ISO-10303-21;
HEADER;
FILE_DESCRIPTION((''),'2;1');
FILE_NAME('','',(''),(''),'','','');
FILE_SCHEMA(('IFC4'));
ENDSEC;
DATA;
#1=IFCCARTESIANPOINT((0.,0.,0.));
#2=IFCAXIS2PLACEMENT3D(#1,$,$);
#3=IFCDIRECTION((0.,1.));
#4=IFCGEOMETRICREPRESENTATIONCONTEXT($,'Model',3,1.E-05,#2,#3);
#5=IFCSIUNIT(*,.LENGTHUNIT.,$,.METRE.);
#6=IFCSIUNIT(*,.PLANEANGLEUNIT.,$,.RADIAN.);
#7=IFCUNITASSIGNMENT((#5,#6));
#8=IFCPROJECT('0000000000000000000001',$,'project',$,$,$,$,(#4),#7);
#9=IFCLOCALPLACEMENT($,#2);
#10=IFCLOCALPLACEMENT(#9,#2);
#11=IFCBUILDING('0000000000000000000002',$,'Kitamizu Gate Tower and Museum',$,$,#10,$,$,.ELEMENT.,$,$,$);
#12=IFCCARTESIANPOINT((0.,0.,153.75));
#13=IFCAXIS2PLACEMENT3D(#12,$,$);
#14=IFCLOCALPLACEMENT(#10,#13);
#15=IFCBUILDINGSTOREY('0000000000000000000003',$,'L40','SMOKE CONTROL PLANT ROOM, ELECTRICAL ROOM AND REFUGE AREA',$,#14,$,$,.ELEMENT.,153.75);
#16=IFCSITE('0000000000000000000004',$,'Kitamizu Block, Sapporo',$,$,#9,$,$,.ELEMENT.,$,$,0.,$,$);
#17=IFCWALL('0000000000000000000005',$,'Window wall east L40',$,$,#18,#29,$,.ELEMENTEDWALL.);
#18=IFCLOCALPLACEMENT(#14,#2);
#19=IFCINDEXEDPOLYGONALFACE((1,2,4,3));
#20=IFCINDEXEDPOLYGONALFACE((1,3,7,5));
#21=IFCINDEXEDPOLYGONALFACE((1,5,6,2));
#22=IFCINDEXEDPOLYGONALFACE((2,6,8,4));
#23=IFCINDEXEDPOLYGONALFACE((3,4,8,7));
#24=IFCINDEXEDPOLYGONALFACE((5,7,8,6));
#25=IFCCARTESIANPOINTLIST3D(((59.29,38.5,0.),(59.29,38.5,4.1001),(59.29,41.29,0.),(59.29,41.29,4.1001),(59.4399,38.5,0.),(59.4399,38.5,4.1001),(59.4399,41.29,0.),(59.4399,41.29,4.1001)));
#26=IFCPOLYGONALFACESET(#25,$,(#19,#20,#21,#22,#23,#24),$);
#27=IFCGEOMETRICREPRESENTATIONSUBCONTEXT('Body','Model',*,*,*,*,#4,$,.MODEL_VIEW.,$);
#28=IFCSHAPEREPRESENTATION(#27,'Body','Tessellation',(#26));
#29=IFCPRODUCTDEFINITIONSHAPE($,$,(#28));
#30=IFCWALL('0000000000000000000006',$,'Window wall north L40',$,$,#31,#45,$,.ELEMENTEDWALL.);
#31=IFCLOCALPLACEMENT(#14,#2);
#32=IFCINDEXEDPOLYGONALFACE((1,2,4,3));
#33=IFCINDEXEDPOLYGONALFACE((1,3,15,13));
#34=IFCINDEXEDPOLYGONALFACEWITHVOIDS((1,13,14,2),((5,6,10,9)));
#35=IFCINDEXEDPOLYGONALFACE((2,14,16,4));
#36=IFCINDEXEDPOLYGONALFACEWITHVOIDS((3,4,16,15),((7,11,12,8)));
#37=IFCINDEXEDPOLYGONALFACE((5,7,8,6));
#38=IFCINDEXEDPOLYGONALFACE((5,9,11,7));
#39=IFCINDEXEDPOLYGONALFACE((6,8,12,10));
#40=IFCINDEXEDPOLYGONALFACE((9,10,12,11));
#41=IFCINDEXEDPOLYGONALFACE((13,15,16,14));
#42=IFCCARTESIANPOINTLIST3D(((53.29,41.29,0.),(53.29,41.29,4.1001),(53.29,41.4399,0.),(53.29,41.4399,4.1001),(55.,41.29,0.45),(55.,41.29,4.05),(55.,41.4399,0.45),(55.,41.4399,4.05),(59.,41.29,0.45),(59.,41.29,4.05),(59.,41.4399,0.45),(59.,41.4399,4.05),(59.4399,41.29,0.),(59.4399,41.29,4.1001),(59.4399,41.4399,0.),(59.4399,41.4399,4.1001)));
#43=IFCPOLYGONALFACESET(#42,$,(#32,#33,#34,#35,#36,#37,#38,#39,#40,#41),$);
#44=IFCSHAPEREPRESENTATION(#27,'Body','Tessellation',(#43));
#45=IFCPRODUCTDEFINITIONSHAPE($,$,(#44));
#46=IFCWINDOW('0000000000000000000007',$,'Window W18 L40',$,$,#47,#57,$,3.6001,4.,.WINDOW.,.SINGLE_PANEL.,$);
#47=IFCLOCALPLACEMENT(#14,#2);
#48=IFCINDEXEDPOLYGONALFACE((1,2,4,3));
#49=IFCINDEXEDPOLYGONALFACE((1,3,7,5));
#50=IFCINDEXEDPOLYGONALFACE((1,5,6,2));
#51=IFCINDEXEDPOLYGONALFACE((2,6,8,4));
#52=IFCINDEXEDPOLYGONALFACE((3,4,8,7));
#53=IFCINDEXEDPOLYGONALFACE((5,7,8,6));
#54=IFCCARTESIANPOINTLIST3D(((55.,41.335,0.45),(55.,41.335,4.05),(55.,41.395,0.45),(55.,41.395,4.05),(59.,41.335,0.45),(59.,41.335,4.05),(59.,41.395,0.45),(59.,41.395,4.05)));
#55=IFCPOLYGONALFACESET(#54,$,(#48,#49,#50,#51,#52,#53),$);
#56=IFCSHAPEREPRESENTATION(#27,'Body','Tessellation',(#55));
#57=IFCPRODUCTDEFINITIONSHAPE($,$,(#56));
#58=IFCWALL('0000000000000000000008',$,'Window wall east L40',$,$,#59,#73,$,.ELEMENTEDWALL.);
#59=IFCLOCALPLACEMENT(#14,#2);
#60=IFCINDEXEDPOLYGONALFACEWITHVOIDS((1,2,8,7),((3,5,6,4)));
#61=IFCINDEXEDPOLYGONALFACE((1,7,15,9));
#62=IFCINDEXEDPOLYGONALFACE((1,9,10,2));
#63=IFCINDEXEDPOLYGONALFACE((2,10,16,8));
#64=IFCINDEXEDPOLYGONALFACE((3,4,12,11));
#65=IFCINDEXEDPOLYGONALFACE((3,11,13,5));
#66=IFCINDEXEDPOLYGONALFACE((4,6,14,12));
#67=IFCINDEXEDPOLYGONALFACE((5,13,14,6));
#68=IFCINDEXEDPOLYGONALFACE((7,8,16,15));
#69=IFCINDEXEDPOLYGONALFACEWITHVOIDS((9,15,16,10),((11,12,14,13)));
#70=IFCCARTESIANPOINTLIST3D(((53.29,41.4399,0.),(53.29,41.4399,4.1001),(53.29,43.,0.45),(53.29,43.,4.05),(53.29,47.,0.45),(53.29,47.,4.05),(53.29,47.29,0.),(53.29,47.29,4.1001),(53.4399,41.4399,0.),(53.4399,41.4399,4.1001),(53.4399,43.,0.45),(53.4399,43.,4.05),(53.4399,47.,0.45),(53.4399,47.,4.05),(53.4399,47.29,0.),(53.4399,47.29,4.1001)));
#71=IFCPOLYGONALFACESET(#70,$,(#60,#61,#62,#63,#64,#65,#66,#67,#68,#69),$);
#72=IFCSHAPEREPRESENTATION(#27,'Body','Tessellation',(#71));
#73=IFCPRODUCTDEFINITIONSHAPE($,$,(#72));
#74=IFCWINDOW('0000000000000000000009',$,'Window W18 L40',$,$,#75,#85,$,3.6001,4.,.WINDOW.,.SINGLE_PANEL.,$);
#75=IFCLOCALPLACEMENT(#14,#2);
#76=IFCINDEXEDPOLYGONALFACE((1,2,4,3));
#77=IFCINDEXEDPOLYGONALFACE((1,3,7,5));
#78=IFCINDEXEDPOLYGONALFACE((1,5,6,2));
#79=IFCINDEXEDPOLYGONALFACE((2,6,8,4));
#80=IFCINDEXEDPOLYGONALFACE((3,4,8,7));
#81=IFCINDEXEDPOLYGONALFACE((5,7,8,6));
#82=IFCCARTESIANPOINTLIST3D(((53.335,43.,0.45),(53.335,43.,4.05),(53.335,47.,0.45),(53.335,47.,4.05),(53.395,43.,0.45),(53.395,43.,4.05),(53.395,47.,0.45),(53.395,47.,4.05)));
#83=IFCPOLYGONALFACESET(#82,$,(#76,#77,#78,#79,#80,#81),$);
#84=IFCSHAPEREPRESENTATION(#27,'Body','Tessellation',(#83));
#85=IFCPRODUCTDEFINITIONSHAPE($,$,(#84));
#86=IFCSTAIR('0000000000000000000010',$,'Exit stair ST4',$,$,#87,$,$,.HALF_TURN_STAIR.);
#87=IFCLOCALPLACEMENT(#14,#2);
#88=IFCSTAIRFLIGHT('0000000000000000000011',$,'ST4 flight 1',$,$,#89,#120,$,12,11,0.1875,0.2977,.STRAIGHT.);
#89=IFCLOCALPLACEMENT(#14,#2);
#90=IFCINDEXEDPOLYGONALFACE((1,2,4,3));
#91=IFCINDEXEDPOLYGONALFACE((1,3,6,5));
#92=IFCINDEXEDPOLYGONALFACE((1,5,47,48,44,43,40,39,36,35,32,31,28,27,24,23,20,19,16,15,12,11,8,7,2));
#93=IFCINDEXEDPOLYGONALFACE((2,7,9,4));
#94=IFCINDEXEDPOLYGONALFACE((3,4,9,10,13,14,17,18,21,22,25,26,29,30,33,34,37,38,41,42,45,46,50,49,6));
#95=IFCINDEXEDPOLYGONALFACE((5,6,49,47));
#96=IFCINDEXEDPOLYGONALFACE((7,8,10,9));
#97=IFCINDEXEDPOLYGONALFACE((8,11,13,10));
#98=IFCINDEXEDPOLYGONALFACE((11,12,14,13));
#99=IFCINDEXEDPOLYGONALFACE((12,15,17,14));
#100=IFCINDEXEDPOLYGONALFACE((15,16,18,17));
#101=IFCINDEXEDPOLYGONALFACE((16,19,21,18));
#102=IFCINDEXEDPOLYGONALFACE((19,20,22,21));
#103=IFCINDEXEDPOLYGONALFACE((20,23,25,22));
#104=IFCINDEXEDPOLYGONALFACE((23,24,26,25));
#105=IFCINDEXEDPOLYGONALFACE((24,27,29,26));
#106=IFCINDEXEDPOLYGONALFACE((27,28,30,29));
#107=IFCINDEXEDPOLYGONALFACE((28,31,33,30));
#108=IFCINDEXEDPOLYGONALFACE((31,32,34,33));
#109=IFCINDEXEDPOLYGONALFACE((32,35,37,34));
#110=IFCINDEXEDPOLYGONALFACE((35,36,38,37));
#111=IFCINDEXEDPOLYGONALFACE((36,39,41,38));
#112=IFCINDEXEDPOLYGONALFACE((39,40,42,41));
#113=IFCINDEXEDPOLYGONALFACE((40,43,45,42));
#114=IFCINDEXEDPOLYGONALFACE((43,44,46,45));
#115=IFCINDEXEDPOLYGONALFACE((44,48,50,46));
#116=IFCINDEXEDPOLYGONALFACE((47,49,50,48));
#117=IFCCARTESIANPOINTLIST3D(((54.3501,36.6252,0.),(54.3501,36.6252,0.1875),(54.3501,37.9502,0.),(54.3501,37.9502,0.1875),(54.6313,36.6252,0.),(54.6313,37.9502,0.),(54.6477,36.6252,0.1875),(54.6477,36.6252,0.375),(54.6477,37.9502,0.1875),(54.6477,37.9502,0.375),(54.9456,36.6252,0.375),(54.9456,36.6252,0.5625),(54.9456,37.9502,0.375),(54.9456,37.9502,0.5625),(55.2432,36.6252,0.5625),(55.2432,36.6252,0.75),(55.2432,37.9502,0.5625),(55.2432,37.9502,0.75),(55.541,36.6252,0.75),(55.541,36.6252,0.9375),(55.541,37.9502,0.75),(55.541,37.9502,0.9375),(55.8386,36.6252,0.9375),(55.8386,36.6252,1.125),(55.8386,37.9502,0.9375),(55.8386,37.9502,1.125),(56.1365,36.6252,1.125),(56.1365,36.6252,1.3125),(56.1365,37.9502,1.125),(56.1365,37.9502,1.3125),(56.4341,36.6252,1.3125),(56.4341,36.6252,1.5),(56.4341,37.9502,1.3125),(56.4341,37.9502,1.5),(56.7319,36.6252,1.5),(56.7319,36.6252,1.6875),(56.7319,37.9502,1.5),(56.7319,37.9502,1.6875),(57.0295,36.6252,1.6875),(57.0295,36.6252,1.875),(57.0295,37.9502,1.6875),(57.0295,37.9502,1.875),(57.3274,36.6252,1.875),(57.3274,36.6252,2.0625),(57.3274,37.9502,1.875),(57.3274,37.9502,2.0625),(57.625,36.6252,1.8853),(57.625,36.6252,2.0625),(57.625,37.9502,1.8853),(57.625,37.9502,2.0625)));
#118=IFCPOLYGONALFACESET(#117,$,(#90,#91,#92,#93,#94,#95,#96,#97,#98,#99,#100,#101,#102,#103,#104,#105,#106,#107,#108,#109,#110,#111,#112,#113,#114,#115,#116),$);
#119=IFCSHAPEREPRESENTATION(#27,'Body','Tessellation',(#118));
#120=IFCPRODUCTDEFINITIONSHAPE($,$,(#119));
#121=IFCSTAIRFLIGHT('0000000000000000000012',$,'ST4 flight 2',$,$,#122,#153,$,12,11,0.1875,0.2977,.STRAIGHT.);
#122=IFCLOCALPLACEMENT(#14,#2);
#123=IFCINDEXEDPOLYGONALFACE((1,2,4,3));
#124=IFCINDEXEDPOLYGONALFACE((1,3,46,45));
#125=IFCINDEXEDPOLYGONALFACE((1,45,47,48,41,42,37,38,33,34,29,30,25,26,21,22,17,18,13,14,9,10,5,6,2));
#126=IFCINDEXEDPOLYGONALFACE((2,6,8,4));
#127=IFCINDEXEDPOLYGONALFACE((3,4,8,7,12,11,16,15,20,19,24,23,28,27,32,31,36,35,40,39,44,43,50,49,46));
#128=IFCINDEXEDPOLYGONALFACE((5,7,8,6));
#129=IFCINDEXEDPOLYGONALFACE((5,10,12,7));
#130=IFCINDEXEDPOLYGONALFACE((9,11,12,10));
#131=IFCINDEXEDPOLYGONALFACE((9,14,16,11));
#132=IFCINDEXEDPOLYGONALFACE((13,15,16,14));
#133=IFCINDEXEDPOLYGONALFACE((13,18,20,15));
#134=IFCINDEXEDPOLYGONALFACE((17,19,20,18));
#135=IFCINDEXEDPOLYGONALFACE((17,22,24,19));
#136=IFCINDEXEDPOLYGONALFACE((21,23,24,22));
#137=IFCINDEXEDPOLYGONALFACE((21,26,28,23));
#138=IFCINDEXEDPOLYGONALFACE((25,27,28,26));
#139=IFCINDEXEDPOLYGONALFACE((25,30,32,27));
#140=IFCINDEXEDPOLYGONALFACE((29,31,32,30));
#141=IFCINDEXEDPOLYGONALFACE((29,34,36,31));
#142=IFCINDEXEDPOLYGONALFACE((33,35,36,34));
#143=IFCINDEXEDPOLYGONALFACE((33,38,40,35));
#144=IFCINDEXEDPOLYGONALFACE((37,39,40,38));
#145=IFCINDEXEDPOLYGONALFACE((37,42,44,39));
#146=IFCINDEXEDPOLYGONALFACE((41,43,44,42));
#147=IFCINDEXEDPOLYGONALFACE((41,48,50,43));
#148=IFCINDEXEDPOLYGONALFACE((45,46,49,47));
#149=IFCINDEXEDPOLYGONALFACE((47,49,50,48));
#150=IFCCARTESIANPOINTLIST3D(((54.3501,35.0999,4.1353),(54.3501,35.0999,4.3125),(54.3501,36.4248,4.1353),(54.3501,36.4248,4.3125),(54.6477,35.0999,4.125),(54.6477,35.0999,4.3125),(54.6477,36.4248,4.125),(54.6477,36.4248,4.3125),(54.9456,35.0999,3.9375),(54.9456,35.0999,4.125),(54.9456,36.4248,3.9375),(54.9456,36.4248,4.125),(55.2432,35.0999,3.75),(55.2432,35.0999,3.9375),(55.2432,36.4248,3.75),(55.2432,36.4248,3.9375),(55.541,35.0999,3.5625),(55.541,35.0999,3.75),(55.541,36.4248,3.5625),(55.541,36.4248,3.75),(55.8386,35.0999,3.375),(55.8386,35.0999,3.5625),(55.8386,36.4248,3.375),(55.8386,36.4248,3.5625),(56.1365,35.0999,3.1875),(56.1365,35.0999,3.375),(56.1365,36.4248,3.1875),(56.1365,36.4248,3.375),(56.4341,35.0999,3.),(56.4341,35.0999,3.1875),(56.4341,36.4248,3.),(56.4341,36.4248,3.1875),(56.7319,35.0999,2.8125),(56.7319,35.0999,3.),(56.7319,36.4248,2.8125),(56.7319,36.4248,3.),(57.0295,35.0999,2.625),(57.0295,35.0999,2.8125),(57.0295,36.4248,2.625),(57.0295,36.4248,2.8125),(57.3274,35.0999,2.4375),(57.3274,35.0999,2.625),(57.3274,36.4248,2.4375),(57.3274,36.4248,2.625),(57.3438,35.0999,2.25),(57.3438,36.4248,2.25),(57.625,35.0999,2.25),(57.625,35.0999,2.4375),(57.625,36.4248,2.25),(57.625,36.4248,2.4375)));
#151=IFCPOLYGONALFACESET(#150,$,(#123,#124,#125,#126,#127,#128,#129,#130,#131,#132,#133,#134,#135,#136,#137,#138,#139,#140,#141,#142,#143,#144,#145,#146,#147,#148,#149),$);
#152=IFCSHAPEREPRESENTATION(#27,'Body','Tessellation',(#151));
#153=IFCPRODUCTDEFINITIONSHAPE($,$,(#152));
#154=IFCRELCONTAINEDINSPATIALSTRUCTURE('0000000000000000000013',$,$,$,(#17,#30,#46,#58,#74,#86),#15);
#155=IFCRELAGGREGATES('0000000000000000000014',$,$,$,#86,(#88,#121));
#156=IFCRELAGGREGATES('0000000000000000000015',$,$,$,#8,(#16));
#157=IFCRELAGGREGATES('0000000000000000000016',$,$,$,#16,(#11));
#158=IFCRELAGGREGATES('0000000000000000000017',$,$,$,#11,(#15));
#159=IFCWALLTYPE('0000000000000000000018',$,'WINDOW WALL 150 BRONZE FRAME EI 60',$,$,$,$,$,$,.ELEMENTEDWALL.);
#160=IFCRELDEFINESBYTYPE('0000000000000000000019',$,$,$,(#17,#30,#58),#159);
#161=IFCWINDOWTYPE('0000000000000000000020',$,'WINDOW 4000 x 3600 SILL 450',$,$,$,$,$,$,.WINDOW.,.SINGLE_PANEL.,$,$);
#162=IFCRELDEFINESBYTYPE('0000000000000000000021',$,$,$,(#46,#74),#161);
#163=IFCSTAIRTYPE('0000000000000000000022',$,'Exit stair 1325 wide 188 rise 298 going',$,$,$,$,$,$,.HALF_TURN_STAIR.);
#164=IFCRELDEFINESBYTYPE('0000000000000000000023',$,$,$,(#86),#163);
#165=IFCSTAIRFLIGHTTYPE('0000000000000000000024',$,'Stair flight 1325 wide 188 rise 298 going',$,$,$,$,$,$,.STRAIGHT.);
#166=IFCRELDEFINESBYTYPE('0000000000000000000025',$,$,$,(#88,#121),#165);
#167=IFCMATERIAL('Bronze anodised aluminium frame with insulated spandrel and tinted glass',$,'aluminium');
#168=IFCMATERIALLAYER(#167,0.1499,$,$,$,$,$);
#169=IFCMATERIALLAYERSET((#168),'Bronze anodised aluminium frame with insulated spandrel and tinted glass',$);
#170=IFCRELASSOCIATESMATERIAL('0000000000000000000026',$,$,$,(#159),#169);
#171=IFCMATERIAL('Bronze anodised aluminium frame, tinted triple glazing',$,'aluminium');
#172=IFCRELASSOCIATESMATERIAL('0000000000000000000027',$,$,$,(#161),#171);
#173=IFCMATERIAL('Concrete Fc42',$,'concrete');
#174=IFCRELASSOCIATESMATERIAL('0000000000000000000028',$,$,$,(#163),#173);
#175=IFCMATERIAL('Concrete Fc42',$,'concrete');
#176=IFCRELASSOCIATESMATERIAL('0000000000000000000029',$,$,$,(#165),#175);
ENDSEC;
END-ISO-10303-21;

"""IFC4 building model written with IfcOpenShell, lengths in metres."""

from ifc_helpers import new_model, si_unit, direction, frame, frame_2d, origin, place, context, subcontext, project, spatial, polyline, rectangle, outline, extrude, material, layer, layer_set, type_object, element, fill, aggregate, save


model = new_model("IFC4")

# Units and contexts
model_context = context("Model", 3, precision=1e-05, world=origin(), true_north=direction((0.0, 1.0)))
body_context = subcontext(model_context, "Body", "Model", "MODEL_VIEW")
ifc_project = project(units=[si_unit("LENGTHUNIT", "METRE"), si_unit("PLANEANGLEUNIT", "RADIAN")], contexts=[model_context])

# Site, building, storey
site_placement = place(None, origin())
site = spatial("IfcSite", under=ifc_project, at=site_placement, Name="Kitamizu Block, Sapporo", CompositionType="ELEMENT", RefElevation=0.0)
building_placement = place(site_placement, origin())
building = spatial("IfcBuilding", under=site, at=building_placement, Name="Kitamizu Gate Tower and Museum", CompositionType="ELEMENT")
storey_placement = place(building_placement, frame((0.0, 0.0, 153.75)))
storey = spatial("IfcBuildingStorey", under=building, at=storey_placement, Name="L40", Description="SMOKE CONTROL PLANT ROOM, ELECTRICAL ROOM AND REFUGE AREA", CompositionType="ELEMENT", Elevation=153.75)

# Wall
ifc_material_1 = material(Name="Bronze anodised aluminium frame with insulated spandrel and tinted glass", Category="aluminium")
ifc_layer_1 = layer(ifc_material_1, 0.1499)
ifc_layer_set_1 = layer_set([ifc_layer_1], Name="Bronze anodised aluminium frame with insulated spandrel and tinted glass")
wall_type_1 = type_object("IfcWallType", Name="WINDOW WALL 150 BRONZE FRAME EI 60", PredefinedType="ELEMENTEDWALL", material=ifc_layer_set_1)
wall_1_placement = place(storey_placement, frame((59.365, 38.5, 0.0), z_axis=(0.0, 0.0, 1.0), x_axis=(0.0, 1.0, 0.0)))
element("IfcWall", 1, at=wall_1_placement, inside=storey, type_object=wall_type_1, Name="Window wall east L40", PredefinedType="ELEMENTEDWALL", context=body_context, shape_type="SweptSolid", body=[
    extrude(rectangle(XDim=2.79, YDim=0.1499, at=frame_2d((1.395, 0.0))), origin(), (0.0, 0.0, 1.0), 4.1001),
])

# Walls, openings, windows
wall_2_placement = place(storey_placement, frame((53.29, 41.365, 0.0), z_axis=(0.0, 0.0, 1.0), x_axis=(1.0, 0.0, 0.0)))
wall_2 = element("IfcWall", 2, at=wall_2_placement, inside=storey, type_object=wall_type_1, Name="Window wall north L40", PredefinedType="ELEMENTEDWALL", context=body_context, shape_type="SweptSolid", body=[
    extrude(rectangle(XDim=6.1499, YDim=0.1499, at=frame_2d((3.075, 0.0))), origin(), (0.0, 0.0, 1.0), 4.1001),
])
opening_1_placement = place(wall_2_placement, frame((1.71, 0.0, 0.45)))
opening_1 = element("IfcOpeningElement", 3, at=opening_1_placement, cuts=wall_2, PredefinedType="OPENING", context=body_context, shape_type="SweptSolid", body=[
    extrude(rectangle(XDim=4.0, YDim=3.6001, at=frame_2d((2.0, 1.8))), frame((0.0, 0.085, 0.0), z_axis=(0.0, -1.0, 0.0), x_axis=(1.0, 0.0, 0.0)), (0.0, 0.0, 1.0), 0.1699),
])
ifc_material_2 = material(Name="Bronze anodised aluminium frame, tinted triple glazing", Category="aluminium")
window_type = type_object("IfcWindowType", Name="WINDOW 4000 x 3600 SILL 450", PartitioningType="SINGLE_PANEL", PredefinedType="WINDOW", material=ifc_material_2)
window_1_placement = place(opening_1_placement, origin())
window_1 = element("IfcWindow", 4, at=window_1_placement, inside=storey, type_object=window_type, Name="Window W18 L40", OverallHeight=3.6001, OverallWidth=4.0, PartitioningType="SINGLE_PANEL", PredefinedType="WINDOW", context=body_context, shape_type="SweptSolid", body=[
    extrude(rectangle(XDim=4.0, YDim=3.6001, at=frame_2d((2.0, 1.8))), frame((0.0, 0.03, 0.0), z_axis=(0.0, -1.0, 0.0), x_axis=(1.0, 0.0, 0.0)), (0.0, 0.0, 1.0), 0.0601),
])
fill(opening_1, window_1)
wall_3_placement = place(storey_placement, frame((53.365, 41.4399, 0.0), z_axis=(0.0, 0.0, 1.0), x_axis=(0.0, 1.0, 0.0)))
wall_3 = element("IfcWall", 5, at=wall_3_placement, inside=storey, type_object=wall_type_1, Name="Window wall east L40", PredefinedType="ELEMENTEDWALL", context=body_context, shape_type="SweptSolid", body=[
    extrude(rectangle(XDim=5.8501, YDim=0.1499, at=frame_2d((2.925, 0.0))), origin(), (0.0, 0.0, 1.0), 4.1001),
])
opening_2_placement = place(wall_3_placement, frame((1.5601, 0.0, 0.45)))
opening_2 = element("IfcOpeningElement", 6, at=opening_2_placement, cuts=wall_3, PredefinedType="OPENING", context=body_context, shape_type="SweptSolid", body=[
    extrude(rectangle(XDim=4.0, YDim=3.6001, at=frame_2d((2.0, 1.8))), frame((0.0, 0.085, 0.0), z_axis=(0.0, -1.0, 0.0), x_axis=(1.0, 0.0, 0.0)), (0.0, 0.0, 1.0), 0.1699),
])
window_2_placement = place(opening_2_placement, origin())
window_2 = element("IfcWindow", 7, at=window_2_placement, inside=storey, type_object=window_type, Name="Window W18 L40", OverallHeight=3.6001, OverallWidth=4.0, PartitioningType="SINGLE_PANEL", PredefinedType="WINDOW", context=body_context, shape_type="SweptSolid", body=[
    extrude(rectangle(XDim=4.0, YDim=3.6001, at=frame_2d((2.0, 1.8))), frame((0.0, 0.03, 0.0), z_axis=(0.0, -1.0, 0.0), x_axis=(1.0, 0.0, 0.0)), (0.0, 0.0, 1.0), 0.0601),
])
fill(opening_2, window_2)

# Stair, stair flights
ifc_material_3 = material(Name="Concrete Fc42", Category="concrete")
stair_type = type_object("IfcStairType", Name="Exit stair 1325 wide 188 rise 298 going", PredefinedType="HALF_TURN_STAIR", material=ifc_material_3)
stair_placement = place(storey_placement, origin())
stair = element("IfcStair", 8, at=stair_placement, inside=storey, type_object=stair_type, Name="Exit stair ST4", PredefinedType="HALF_TURN_STAIR")
ifc_material_4 = material(Name="Concrete Fc42", Category="concrete")
stair_flight_type = type_object("IfcStairFlightType", Name="Stair flight 1325 wide 188 rise 298 going", PredefinedType="STRAIGHT", material=ifc_material_4)
stair_flight_1_placement = place(storey_placement, frame((54.3501, 37.2876, 0.0), z_axis=(0.0, 0.0, 1.0), x_axis=(1.0, 0.0, 0.0)))
stair_flight_1 = element("IfcStairFlight", 9, at=stair_flight_1_placement, type_object=stair_flight_type, Name="ST4 flight 1", NumberOfRisers=12, NumberOfTreads=11, PredefinedType="STRAIGHT", RiserHeight=0.1875, TreadLength=0.2977, context=body_context, shape_type="SweptSolid", body=[
    extrude(outline(polyline([(0.0, 0.0), (0.0, 0.1875), (0.2976, 0.1875), (0.2976, 0.375), (0.5955, 0.375), (0.5955, 0.5625), (0.8931, 0.5625), (0.8931, 0.75), (1.1909, 0.75), (1.1909, 0.9375), (1.4885, 0.9375), (1.4885, 1.125), (1.7864, 1.125), (1.7864, 1.3125), (2.084, 1.3125), (2.084, 1.5), (2.3818, 1.5), (2.3818, 1.6875), (2.6794, 1.6875), (2.6794, 1.875), (2.9773, 1.875), (2.9773, 2.0625), (3.2749, 2.0625), (3.2749, 2.25), (3.2749, 1.8853), (0.2812, 0.0), (0.0, 0.0)])), frame((0.0, 0.6626, 0.0), z_axis=(0.0, -1.0, 0.0), x_axis=(1.0, 0.0, 0.0)), (0.0, 0.0, 1.0), 1.325),
])
stair_flight_2_placement = place(storey_placement, frame((57.625, 35.7625, 2.25), z_axis=(0.0, 0.0, 1.0), x_axis=(-1.0, 0.0, 0.0)))
stair_flight_2 = element("IfcStairFlight", 10, at=stair_flight_2_placement, type_object=stair_flight_type, Name="ST4 flight 2", NumberOfRisers=12, NumberOfTreads=11, PredefinedType="STRAIGHT", RiserHeight=0.1875, TreadLength=0.2977, context=body_context, shape_type="SweptSolid", body=[
    extrude(outline(polyline([(0.0, 0.0), (0.0, 0.1875), (0.2976, 0.1875), (0.2976, 0.375), (0.5955, 0.375), (0.5955, 0.5625), (0.8931, 0.5625), (0.8931, 0.75), (1.1909, 0.75), (1.1909, 0.9375), (1.4885, 0.9375), (1.4885, 1.125), (1.7864, 1.125), (1.7864, 1.3125), (2.084, 1.3125), (2.084, 1.5), (2.3818, 1.5), (2.3818, 1.6875), (2.6794, 1.6875), (2.6794, 1.875), (2.9773, 1.875), (2.9773, 2.0625), (3.2749, 2.0625), (3.2749, 2.25), (3.2749, 1.8853), (0.2812, 0.0), (0.0, 0.0)])), frame((0.0, 0.6626, 0.0), z_axis=(0.0, -1.0, 0.0), x_axis=(1.0, 0.0, 0.0)), (0.0, 0.0, 1.0), 1.325),
])
aggregate(stair, [stair_flight_1, stair_flight_2])

save(model, "model.ifc")
